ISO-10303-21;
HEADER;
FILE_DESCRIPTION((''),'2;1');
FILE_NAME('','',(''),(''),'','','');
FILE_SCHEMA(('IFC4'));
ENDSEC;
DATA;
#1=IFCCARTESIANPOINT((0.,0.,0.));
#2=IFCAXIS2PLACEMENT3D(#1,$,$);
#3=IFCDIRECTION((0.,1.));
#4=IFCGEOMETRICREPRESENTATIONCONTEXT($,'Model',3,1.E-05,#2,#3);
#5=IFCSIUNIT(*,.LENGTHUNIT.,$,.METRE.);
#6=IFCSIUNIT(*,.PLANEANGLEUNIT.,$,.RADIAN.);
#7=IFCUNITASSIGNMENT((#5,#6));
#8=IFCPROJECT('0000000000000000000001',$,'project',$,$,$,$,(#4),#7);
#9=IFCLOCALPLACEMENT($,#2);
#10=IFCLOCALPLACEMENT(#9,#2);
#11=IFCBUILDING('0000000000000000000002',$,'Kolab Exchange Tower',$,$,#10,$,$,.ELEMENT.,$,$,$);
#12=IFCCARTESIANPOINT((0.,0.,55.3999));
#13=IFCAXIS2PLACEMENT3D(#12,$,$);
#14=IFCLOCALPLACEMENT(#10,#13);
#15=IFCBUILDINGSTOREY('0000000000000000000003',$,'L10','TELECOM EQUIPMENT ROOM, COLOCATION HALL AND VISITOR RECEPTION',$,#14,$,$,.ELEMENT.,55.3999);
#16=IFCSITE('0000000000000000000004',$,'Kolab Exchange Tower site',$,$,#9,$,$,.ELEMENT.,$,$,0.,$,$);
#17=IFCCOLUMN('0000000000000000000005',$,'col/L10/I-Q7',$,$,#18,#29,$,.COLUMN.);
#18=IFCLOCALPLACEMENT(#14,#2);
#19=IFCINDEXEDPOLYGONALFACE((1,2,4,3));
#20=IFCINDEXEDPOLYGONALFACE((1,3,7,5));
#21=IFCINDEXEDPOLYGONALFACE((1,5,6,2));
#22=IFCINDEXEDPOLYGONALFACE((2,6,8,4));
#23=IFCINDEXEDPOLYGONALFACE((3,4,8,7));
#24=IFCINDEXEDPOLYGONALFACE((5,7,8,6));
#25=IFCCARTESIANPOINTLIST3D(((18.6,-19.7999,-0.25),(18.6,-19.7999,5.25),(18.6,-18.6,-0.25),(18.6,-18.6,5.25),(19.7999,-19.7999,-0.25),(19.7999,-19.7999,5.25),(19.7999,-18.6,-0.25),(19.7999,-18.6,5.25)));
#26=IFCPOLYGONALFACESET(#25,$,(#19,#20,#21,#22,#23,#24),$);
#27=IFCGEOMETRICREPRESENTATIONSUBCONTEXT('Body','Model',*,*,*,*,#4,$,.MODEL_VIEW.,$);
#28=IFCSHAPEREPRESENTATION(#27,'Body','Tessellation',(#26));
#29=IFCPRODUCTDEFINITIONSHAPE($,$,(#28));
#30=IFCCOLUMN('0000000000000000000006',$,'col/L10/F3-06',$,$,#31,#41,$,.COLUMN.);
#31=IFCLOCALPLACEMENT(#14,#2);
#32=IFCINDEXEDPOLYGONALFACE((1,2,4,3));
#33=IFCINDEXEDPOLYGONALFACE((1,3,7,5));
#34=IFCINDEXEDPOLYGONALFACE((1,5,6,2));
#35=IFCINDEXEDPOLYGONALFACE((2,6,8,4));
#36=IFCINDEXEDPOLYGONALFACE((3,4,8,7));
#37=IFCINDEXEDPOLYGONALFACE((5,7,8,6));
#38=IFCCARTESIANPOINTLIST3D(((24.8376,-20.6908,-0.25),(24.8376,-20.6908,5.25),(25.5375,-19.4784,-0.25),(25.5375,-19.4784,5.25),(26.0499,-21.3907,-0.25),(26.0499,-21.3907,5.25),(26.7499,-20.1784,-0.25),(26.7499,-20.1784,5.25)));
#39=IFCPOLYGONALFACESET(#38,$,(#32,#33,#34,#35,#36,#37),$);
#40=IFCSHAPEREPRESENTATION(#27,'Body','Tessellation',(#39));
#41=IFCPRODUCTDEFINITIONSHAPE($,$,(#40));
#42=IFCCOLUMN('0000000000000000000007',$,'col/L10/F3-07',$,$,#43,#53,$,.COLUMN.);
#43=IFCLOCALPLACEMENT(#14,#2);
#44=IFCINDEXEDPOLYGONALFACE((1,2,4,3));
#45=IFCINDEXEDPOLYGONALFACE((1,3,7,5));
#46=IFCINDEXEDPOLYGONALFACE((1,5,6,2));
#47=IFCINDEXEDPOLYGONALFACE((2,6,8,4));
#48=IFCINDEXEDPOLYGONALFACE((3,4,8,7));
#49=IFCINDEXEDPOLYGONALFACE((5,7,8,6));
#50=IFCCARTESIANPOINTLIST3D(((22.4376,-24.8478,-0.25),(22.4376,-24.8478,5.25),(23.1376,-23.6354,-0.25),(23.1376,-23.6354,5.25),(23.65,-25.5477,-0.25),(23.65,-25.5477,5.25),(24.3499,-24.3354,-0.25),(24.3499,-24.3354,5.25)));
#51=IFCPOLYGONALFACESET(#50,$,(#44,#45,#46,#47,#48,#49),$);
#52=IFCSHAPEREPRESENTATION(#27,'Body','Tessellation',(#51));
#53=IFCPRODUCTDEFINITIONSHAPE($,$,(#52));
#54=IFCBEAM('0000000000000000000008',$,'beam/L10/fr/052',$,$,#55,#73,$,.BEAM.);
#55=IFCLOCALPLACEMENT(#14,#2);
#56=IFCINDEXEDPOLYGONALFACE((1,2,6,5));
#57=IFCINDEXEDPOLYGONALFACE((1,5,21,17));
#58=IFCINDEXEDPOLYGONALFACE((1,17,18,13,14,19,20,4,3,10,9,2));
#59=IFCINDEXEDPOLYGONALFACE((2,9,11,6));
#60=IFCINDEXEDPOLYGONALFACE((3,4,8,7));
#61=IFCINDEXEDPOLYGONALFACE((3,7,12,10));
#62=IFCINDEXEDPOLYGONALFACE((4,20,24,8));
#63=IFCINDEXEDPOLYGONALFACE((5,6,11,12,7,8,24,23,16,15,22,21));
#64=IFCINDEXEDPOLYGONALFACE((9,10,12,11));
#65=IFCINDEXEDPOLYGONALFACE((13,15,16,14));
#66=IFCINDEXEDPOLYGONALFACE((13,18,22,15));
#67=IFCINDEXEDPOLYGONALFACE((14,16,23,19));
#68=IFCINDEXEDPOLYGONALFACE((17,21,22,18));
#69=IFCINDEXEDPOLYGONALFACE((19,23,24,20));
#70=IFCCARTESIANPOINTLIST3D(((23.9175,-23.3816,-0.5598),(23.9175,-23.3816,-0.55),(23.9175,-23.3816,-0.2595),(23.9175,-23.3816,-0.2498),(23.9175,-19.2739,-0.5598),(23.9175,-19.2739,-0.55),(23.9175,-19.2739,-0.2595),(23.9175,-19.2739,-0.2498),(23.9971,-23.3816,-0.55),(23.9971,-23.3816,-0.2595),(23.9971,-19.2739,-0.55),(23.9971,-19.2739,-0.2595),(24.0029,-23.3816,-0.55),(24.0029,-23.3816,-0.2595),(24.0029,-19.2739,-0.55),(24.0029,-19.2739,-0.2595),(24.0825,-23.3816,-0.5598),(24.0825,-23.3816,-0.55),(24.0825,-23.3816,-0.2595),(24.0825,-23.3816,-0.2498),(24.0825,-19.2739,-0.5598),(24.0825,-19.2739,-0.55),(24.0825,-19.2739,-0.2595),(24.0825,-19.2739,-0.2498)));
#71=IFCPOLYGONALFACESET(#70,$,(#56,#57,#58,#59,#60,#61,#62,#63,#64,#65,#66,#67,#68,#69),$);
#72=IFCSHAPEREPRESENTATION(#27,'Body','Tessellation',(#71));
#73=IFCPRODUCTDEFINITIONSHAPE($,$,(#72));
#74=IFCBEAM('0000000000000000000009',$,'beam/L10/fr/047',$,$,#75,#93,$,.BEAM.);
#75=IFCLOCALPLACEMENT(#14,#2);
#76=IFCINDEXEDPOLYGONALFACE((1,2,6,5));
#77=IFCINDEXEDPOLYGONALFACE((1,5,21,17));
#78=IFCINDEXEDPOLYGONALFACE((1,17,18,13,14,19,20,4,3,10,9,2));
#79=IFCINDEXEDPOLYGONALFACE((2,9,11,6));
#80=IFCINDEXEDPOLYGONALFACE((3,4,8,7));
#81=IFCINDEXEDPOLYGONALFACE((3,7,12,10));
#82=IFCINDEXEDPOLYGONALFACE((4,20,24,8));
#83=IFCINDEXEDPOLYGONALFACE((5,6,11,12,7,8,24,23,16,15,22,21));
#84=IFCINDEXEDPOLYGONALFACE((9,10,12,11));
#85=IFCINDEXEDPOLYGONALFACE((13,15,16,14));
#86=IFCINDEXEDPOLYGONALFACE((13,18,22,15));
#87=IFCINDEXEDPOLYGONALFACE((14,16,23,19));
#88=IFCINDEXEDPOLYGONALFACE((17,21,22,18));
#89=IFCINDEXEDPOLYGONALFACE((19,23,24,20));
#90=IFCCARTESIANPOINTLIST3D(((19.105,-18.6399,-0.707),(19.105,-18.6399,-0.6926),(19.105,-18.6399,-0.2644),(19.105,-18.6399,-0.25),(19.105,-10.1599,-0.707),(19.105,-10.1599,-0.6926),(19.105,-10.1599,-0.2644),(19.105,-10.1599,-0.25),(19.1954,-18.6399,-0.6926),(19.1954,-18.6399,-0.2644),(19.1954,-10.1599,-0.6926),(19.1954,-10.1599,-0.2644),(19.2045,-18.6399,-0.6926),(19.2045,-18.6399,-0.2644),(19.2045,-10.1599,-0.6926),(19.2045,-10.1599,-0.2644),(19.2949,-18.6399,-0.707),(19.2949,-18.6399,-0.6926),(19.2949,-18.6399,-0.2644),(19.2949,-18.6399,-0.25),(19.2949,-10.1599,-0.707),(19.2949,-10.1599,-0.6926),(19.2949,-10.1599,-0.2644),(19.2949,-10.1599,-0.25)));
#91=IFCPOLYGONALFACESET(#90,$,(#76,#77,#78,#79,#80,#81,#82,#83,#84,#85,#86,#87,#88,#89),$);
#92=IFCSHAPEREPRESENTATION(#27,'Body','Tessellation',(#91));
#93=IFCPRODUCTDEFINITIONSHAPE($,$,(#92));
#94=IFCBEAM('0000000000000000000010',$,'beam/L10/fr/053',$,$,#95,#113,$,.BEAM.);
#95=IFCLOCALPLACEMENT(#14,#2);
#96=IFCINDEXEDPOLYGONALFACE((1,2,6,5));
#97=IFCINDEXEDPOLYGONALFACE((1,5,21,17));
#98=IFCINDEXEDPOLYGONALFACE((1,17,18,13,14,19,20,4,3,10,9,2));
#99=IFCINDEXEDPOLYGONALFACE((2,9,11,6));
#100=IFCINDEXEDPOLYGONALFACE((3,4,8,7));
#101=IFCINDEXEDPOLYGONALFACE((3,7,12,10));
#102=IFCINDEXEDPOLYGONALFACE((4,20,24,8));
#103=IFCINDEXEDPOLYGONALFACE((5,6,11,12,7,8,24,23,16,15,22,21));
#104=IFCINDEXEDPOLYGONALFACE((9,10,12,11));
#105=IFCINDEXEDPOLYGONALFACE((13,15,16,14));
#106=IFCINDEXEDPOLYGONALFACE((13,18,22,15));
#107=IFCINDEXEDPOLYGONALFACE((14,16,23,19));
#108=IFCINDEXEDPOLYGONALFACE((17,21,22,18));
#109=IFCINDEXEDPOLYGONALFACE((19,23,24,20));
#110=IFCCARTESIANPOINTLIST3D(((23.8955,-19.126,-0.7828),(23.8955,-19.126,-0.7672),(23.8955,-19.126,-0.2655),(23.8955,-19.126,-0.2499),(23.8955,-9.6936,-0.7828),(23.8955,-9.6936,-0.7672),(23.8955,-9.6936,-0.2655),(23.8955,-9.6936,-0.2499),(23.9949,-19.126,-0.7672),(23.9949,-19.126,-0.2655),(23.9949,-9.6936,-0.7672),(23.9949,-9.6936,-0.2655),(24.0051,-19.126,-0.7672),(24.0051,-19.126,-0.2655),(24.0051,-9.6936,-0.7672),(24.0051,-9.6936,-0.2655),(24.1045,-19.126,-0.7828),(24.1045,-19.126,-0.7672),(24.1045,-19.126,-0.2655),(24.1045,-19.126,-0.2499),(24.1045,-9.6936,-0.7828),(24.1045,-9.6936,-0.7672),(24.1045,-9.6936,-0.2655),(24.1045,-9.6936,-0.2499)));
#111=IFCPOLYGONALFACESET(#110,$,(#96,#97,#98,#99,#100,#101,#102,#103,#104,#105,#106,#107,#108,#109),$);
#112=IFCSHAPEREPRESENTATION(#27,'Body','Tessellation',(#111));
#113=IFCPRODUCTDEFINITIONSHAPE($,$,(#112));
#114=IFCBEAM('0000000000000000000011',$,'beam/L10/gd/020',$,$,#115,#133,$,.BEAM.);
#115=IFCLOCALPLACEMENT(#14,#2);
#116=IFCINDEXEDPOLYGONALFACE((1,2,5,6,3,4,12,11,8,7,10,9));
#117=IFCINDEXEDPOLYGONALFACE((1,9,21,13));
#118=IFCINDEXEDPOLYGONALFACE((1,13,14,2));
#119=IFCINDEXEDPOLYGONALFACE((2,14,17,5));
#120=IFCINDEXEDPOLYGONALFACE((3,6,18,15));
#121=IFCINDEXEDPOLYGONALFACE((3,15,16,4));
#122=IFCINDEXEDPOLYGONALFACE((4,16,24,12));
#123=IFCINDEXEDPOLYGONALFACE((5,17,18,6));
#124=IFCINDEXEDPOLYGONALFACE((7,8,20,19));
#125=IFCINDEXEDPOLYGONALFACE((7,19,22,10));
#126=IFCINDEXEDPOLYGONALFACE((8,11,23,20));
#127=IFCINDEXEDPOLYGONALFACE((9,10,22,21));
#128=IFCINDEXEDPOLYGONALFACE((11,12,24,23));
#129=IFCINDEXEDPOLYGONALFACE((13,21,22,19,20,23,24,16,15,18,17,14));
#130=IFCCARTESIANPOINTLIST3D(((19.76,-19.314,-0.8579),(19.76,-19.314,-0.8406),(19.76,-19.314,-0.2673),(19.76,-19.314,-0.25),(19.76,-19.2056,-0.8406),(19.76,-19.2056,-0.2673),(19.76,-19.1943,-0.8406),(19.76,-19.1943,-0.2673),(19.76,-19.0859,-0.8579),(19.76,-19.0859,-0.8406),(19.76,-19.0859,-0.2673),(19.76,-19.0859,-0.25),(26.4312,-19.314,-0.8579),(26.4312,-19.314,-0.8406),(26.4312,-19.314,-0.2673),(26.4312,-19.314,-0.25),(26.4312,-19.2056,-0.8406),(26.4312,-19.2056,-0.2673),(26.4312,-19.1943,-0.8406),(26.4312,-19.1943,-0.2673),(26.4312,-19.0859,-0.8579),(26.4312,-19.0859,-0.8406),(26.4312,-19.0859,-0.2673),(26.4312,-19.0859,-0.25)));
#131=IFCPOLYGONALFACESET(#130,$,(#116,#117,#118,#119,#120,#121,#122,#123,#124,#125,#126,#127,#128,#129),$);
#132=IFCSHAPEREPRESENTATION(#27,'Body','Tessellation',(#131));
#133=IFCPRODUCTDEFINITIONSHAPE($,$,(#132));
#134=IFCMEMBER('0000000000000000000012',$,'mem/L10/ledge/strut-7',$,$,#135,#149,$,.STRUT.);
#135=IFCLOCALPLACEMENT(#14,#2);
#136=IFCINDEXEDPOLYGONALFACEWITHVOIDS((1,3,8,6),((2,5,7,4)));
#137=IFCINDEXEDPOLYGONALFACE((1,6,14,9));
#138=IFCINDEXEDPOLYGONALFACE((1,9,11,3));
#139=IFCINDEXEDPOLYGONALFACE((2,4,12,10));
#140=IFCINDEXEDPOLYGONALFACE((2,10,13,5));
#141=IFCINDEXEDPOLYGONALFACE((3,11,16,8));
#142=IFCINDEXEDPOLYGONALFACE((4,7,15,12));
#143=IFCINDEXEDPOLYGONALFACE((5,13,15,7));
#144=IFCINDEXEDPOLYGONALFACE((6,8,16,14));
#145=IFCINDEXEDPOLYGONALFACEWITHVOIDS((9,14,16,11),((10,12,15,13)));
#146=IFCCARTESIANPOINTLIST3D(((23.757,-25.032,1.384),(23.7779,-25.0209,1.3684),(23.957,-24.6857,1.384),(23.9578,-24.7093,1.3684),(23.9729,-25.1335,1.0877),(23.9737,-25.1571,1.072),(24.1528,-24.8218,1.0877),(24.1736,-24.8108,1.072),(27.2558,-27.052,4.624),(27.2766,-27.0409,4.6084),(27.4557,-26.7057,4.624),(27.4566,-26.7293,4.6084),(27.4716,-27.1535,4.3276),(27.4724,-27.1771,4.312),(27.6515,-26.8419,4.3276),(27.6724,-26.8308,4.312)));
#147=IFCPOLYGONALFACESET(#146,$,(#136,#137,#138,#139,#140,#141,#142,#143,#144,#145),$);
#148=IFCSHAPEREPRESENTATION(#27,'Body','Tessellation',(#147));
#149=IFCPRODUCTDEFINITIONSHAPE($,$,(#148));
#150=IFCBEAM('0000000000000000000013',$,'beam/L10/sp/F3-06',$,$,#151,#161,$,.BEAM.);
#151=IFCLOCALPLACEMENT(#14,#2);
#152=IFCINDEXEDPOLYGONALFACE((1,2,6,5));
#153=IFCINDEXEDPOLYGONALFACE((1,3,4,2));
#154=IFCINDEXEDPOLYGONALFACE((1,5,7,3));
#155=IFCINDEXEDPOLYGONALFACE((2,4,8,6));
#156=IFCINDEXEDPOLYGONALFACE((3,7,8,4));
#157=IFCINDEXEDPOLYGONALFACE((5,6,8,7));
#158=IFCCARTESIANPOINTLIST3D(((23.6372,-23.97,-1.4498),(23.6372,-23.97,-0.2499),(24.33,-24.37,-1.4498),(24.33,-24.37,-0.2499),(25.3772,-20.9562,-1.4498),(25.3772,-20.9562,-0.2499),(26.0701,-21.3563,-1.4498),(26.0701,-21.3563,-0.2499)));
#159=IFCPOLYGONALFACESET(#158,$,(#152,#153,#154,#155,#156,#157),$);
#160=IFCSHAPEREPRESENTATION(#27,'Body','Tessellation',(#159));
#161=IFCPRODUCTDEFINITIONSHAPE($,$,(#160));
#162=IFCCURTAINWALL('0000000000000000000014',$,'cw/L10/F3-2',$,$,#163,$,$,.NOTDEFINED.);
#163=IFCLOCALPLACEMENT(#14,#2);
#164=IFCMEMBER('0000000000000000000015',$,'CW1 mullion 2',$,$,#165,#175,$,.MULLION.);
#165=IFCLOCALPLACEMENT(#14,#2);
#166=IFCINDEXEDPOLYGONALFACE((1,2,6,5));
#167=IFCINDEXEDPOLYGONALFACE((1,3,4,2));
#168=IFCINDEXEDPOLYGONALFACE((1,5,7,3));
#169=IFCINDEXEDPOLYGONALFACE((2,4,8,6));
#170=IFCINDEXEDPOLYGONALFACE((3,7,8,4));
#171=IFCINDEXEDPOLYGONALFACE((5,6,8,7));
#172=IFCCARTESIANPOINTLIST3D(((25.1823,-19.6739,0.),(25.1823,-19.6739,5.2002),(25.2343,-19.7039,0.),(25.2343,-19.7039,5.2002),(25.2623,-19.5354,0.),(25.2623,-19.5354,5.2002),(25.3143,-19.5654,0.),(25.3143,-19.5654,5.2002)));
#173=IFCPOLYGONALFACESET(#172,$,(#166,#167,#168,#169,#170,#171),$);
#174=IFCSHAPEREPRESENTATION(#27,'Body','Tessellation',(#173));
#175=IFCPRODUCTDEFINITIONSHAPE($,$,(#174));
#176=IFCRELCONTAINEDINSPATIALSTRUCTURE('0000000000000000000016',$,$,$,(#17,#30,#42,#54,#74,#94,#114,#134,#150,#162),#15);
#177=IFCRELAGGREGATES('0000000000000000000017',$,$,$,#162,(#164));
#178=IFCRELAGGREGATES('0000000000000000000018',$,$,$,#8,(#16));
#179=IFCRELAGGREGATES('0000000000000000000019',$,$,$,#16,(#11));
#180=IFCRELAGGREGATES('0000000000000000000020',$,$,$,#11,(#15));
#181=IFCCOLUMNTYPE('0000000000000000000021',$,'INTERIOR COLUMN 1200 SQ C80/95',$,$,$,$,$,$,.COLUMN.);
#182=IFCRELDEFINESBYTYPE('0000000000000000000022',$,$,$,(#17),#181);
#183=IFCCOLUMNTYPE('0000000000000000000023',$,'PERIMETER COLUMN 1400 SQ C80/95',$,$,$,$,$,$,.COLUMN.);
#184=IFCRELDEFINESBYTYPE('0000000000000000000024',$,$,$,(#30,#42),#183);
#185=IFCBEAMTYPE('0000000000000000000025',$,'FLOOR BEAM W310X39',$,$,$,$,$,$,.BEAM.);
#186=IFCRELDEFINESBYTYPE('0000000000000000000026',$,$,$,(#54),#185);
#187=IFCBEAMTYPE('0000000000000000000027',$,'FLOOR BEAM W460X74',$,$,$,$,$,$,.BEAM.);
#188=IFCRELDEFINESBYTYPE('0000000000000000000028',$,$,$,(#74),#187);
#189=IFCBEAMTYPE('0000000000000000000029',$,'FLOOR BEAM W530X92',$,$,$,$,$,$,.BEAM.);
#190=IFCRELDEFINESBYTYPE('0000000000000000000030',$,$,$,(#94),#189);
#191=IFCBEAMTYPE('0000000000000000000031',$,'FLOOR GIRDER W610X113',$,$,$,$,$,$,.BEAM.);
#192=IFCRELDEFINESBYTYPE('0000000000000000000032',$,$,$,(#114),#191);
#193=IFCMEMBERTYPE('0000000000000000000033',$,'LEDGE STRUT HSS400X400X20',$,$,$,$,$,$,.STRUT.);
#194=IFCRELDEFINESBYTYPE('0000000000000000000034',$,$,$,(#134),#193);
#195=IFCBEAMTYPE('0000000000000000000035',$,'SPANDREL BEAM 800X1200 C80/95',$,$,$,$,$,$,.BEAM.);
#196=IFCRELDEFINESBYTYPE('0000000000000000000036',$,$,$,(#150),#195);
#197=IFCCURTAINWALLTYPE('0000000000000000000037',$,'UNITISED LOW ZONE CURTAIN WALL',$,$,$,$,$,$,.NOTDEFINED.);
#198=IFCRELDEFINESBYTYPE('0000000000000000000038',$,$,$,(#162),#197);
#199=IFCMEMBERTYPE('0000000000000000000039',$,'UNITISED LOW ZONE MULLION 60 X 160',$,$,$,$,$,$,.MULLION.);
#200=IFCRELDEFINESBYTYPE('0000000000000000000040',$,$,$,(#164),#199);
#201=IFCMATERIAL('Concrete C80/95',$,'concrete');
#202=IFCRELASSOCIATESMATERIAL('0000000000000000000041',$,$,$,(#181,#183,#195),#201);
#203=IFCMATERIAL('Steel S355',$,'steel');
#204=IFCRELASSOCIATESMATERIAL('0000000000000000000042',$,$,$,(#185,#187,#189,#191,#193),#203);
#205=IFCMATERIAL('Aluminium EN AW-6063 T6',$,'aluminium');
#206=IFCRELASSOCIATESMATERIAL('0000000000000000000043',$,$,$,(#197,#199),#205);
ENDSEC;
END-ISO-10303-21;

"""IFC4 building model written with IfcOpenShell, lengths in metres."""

from ifc_helpers import new_model, si_unit, direction, frame, origin, origin_2d, place, context, subcontext, project, spatial, rectangle, hollow_rectangle, i_section, extrude, material, material_profile, profile_set, type_object, element, aggregate, save


model = new_model("IFC4")

# Units and contexts
model_context = context("Model", 3, precision=1e-05, world=origin(), true_north=direction((0.0, 1.0)))
body_context = subcontext(model_context, "Body", "Model", "MODEL_VIEW")
ifc_project = project(units=[si_unit("LENGTHUNIT", "METRE"), si_unit("PLANEANGLEUNIT", "RADIAN")], contexts=[model_context])

# Site, building, storey
site_placement = place(None, origin())
site = spatial("IfcSite", under=ifc_project, at=site_placement, Name="Kolab Exchange Tower site", CompositionType="ELEMENT", RefElevation=0.0)
building_placement = place(site_placement, origin())
building = spatial("IfcBuilding", under=site, at=building_placement, Name="Kolab Exchange Tower", CompositionType="ELEMENT")
storey_placement = place(building_placement, frame((0.0, 0.0, 55.3999)))
storey = spatial("IfcBuildingStorey", under=building, at=storey_placement, Name="L10", Description="TELECOM EQUIPMENT ROOM, COLOCATION HALL AND VISITOR RECEPTION", CompositionType="ELEMENT", Elevation=55.3999)

# Columns
ifc_material_1 = material(Name="Concrete C80/95", Category="concrete")
ifc_material_profile_1 = material_profile(ifc_material_1, rectangle(XDim=1.2, YDim=1.2, at=origin_2d()), Name="RC1200")
ifc_profile_set_1 = profile_set([ifc_material_profile_1], Name="Concrete C80/95")
column_type_1 = type_object("IfcColumnType", Name="INTERIOR COLUMN 1200 SQ C80/95", PredefinedType="COLUMN", material=ifc_profile_set_1)
column_placement = place(storey_placement, frame((19.2, -19.2, -0.25), z_axis=(0.0, 0.0, 1.0), x_axis=(1.0, 0.0, 0.0)))
element("IfcColumn", 1, at=column_placement, inside=storey, type_object=column_type_1, Name="col/L10/I-Q7", PredefinedType="COLUMN", context=body_context, shape_type="SweptSolid", body=[
    extrude(rectangle(XDim=1.2, YDim=1.2, at=origin_2d()), origin(), (0.0, 0.0, 1.0), 5.5),
])
ifc_material_profile_2 = material_profile(ifc_material_1, rectangle(XDim=1.3999, YDim=1.3999, at=origin_2d()), Name="RC1400")
ifc_profile_set_2 = profile_set([ifc_material_profile_2], Name="Concrete C80/95")
column_type_2 = type_object("IfcColumnType", Name="PERIMETER COLUMN 1400 SQ C80/95", PredefinedType="COLUMN", material=ifc_profile_set_2)
for number, where, z_axis, x_axis, name in (
    (2, (25.7937, -20.4346, -0.25), (0.0, 0.0, 1.0), (0.5, 0.866025, 0.0), "col/L10/F3-06"),
    (3, (23.3938, -24.5916, -0.25), (0.0, 0.0, 1.0), (0.5, 0.866025, 0.0), "col/L10/F3-07"),
):
    element("IfcColumn", number, at=place(storey_placement, frame(where, z_axis=z_axis, x_axis=x_axis)), inside=storey, type_object=column_type_2, Name=name, PredefinedType="COLUMN", context=body_context, shape_type="SweptSolid", body=[
        extrude(rectangle(XDim=1.3999, YDim=1.3999, at=origin_2d()), origin(), (0.0, 0.0, 1.0), 5.5),
    ])

# Beams
ifc_material_2 = material(Name="Steel S355", Category="steel")
ifc_material_profile_3 = material_profile(ifc_material_2, i_section(OverallWidth=0.165, OverallDepth=0.3101, WebThickness=0.0059, FlangeThickness=0.0098, at=origin_2d()), Name="W310X39")
ifc_profile_set_3 = profile_set([ifc_material_profile_3], Name="Steel S355")
beam_type_1 = type_object("IfcBeamType", Name="FLOOR BEAM W310X39", PredefinedType="BEAM", material=ifc_profile_set_3)
beam_1_placement = place(storey_placement, frame((24.0, -23.3816, -0.4048), z_axis=(0.0, 1.0, 0.0), x_axis=(-1.0, 0.0, 0.0)))
element("IfcBeam", 4, at=beam_1_placement, inside=storey, type_object=beam_type_1, Name="beam/L10/fr/052", PredefinedType="BEAM", context=body_context, shape_type="SweptSolid", body=[
    extrude(i_section(OverallWidth=0.165, OverallDepth=0.3101, WebThickness=0.0059, FlangeThickness=0.0098, at=origin_2d()), origin(), (0.0, 0.0, 1.0), 4.1077),
])
ifc_material_profile_4 = material_profile(ifc_material_2, i_section(OverallWidth=0.1899, OverallDepth=0.457, WebThickness=0.009, FlangeThickness=0.0144, at=origin_2d()), Name="W460X74")
ifc_profile_set_4 = profile_set([ifc_material_profile_4], Name="Steel S355")
beam_type_2 = type_object("IfcBeamType", Name="FLOOR BEAM W460X74", PredefinedType="BEAM", material=ifc_profile_set_4)
beam_2_placement = place(storey_placement, frame((19.2, -18.6399, -0.4785), z_axis=(0.0, 1.0, 0.0), x_axis=(-1.0, 0.0, 0.0)))
element("IfcBeam", 5, at=beam_2_placement, inside=storey, type_object=beam_type_2, Name="beam/L10/fr/047", PredefinedType="BEAM", context=body_context, shape_type="SweptSolid", body=[
    extrude(i_section(OverallWidth=0.1899, OverallDepth=0.457, WebThickness=0.009, FlangeThickness=0.0144, at=origin_2d()), origin(), (0.0, 0.0, 1.0), 8.48),
])
ifc_material_profile_5 = material_profile(ifc_material_2, i_section(OverallWidth=0.209, OverallDepth=0.533, WebThickness=0.0103, FlangeThickness=0.0156, at=origin_2d()), Name="W530X92")
ifc_profile_set_5 = profile_set([ifc_material_profile_5], Name="Steel S355")
beam_type_3 = type_object("IfcBeamType", Name="FLOOR BEAM W530X92", PredefinedType="BEAM", material=ifc_profile_set_5)
beam_3_placement = place(storey_placement, frame((24.0, -19.126, -0.5164), z_axis=(0.0, 1.0, 0.0), x_axis=(-1.0, 0.0, 0.0)))
element("IfcBeam", 6, at=beam_3_placement, inside=storey, type_object=beam_type_3, Name="beam/L10/fr/053", PredefinedType="BEAM", context=body_context, shape_type="SweptSolid", body=[
    extrude(i_section(OverallWidth=0.209, OverallDepth=0.533, WebThickness=0.0103, FlangeThickness=0.0156, at=origin_2d()), origin(), (0.0, 0.0, 1.0), 9.4324),
])
ifc_material_profile_6 = material_profile(ifc_material_2, i_section(OverallWidth=0.228, OverallDepth=0.6079, WebThickness=0.0112, FlangeThickness=0.0173, at=origin_2d()), Name="W610X113")
ifc_profile_set_6 = profile_set([ifc_material_profile_6], Name="Steel S355")
beam_type_4 = type_object("IfcBeamType", Name="FLOOR GIRDER W610X113", PredefinedType="BEAM", material=ifc_profile_set_6)
beam_4_placement = place(storey_placement, frame((19.76, -19.2, -0.554), z_axis=(1.0, 0.0, 0.0), x_axis=(0.0, 1.0, 0.0)))
element("IfcBeam", 7, at=beam_4_placement, inside=storey, type_object=beam_type_4, Name="beam/L10/gd/020", PredefinedType="BEAM", context=body_context, shape_type="SweptSolid", body=[
    extrude(i_section(OverallWidth=0.228, OverallDepth=0.6079, WebThickness=0.0112, FlangeThickness=0.0173, at=origin_2d()), origin(), (0.0, 0.0, 1.0), 6.6711),
])

# Member
ifc_material_profile_7 = material_profile(ifc_material_2, hollow_rectangle(XDim=0.3999, YDim=0.3999, WallThickness=0.02, at=origin_2d()), Name="HSS400X400X20")
ifc_profile_set_7 = profile_set([ifc_material_profile_7], Name="Steel S355")
member_type_1 = type_object("IfcMemberType", Name="LEDGE STRUT HSS400X400X20", PredefinedType="STRUT", material=ifc_profile_set_7)
member_1_placement = place(storey_placement, frame((23.9653, -24.9214, 1.228), z_axis=(0.675603, -0.390059, 0.625631), x_axis=(0.5, 0.866026, 0.0)))
element("IfcMember", 8, at=member_1_placement, inside=storey, type_object=member_type_1, Name="mem/L10/ledge/strut-7", PredefinedType="STRUT", context=body_context, shape_type="SweptSolid", body=[
    extrude(hollow_rectangle(XDim=0.3999, YDim=0.3999, WallThickness=0.02, at=origin_2d()), origin(), (0.0, 0.0, 1.0), 5.1787),
])

# Beam
ifc_material_profile_8 = material_profile(ifc_material_1, rectangle(XDim=0.8, YDim=1.2, at=origin_2d()), Name="RC800X1200")
ifc_profile_set_8 = profile_set([ifc_material_profile_8], Name="Concrete C80/95")
beam_type_5 = type_object("IfcBeamType", Name="SPANDREL BEAM 800X1200 C80/95", PredefinedType="BEAM", material=ifc_profile_set_8)
beam_5_placement = place(storey_placement, frame((25.7236, -21.1562, -0.8499), z_axis=(-0.50001, -0.86602, 0.0), x_axis=(0.86602, -0.50001, 0.0)))
element("IfcBeam", 9, at=beam_5_placement, inside=storey, type_object=beam_type_5, Name="beam/L10/sp/F3-06", PredefinedType="BEAM", context=body_context, shape_type="SweptSolid", body=[
    extrude(rectangle(XDim=0.8, YDim=1.2, at=origin_2d()), origin(), (0.0, 0.0, 1.0), 3.48),
])

# Curtain wall, member
ifc_material_3 = material(Name="Aluminium EN AW-6063 T6", Category="aluminium")
curtain_wall_type = type_object("IfcCurtainWallType", Name="UNITISED LOW ZONE CURTAIN WALL", PredefinedType="NOTDEFINED", material=ifc_material_3)
curtain_wall_placement = place(storey_placement, origin())
curtain_wall = element("IfcCurtainWall", 10, at=curtain_wall_placement, inside=storey, type_object=curtain_wall_type, Name="cw/L10/F3-2", PredefinedType="NOTDEFINED")
ifc_material_profile_9 = material_profile(ifc_material_3, rectangle(XDim=0.0601, YDim=0.1599, at=origin_2d()), Name="RECT 60X160")
ifc_profile_set_9 = profile_set([ifc_material_profile_9], Name="Aluminium EN AW-6063 T6")
member_type_2 = type_object("IfcMemberType", Name="UNITISED LOW ZONE MULLION 60 X 160", PredefinedType="MULLION", material=ifc_profile_set_9)
member_2_placement = place(storey_placement, frame((25.2483, -19.6196, 0.0), z_axis=(0.0, 0.0, 1.0), x_axis=(0.866025, -0.5, 0.0)))
member_2 = element("IfcMember", 11, at=member_2_placement, type_object=member_type_2, Name="CW1 mullion 2", PredefinedType="MULLION", context=body_context, shape_type="SweptSolid", body=[
    extrude(rectangle(XDim=0.0601, YDim=0.1599, at=origin_2d()), origin(), (0.0, 0.0, 1.0), 5.2002),
])
aggregate(curtain_wall, [member_2])

save(model, "model.ifc")
